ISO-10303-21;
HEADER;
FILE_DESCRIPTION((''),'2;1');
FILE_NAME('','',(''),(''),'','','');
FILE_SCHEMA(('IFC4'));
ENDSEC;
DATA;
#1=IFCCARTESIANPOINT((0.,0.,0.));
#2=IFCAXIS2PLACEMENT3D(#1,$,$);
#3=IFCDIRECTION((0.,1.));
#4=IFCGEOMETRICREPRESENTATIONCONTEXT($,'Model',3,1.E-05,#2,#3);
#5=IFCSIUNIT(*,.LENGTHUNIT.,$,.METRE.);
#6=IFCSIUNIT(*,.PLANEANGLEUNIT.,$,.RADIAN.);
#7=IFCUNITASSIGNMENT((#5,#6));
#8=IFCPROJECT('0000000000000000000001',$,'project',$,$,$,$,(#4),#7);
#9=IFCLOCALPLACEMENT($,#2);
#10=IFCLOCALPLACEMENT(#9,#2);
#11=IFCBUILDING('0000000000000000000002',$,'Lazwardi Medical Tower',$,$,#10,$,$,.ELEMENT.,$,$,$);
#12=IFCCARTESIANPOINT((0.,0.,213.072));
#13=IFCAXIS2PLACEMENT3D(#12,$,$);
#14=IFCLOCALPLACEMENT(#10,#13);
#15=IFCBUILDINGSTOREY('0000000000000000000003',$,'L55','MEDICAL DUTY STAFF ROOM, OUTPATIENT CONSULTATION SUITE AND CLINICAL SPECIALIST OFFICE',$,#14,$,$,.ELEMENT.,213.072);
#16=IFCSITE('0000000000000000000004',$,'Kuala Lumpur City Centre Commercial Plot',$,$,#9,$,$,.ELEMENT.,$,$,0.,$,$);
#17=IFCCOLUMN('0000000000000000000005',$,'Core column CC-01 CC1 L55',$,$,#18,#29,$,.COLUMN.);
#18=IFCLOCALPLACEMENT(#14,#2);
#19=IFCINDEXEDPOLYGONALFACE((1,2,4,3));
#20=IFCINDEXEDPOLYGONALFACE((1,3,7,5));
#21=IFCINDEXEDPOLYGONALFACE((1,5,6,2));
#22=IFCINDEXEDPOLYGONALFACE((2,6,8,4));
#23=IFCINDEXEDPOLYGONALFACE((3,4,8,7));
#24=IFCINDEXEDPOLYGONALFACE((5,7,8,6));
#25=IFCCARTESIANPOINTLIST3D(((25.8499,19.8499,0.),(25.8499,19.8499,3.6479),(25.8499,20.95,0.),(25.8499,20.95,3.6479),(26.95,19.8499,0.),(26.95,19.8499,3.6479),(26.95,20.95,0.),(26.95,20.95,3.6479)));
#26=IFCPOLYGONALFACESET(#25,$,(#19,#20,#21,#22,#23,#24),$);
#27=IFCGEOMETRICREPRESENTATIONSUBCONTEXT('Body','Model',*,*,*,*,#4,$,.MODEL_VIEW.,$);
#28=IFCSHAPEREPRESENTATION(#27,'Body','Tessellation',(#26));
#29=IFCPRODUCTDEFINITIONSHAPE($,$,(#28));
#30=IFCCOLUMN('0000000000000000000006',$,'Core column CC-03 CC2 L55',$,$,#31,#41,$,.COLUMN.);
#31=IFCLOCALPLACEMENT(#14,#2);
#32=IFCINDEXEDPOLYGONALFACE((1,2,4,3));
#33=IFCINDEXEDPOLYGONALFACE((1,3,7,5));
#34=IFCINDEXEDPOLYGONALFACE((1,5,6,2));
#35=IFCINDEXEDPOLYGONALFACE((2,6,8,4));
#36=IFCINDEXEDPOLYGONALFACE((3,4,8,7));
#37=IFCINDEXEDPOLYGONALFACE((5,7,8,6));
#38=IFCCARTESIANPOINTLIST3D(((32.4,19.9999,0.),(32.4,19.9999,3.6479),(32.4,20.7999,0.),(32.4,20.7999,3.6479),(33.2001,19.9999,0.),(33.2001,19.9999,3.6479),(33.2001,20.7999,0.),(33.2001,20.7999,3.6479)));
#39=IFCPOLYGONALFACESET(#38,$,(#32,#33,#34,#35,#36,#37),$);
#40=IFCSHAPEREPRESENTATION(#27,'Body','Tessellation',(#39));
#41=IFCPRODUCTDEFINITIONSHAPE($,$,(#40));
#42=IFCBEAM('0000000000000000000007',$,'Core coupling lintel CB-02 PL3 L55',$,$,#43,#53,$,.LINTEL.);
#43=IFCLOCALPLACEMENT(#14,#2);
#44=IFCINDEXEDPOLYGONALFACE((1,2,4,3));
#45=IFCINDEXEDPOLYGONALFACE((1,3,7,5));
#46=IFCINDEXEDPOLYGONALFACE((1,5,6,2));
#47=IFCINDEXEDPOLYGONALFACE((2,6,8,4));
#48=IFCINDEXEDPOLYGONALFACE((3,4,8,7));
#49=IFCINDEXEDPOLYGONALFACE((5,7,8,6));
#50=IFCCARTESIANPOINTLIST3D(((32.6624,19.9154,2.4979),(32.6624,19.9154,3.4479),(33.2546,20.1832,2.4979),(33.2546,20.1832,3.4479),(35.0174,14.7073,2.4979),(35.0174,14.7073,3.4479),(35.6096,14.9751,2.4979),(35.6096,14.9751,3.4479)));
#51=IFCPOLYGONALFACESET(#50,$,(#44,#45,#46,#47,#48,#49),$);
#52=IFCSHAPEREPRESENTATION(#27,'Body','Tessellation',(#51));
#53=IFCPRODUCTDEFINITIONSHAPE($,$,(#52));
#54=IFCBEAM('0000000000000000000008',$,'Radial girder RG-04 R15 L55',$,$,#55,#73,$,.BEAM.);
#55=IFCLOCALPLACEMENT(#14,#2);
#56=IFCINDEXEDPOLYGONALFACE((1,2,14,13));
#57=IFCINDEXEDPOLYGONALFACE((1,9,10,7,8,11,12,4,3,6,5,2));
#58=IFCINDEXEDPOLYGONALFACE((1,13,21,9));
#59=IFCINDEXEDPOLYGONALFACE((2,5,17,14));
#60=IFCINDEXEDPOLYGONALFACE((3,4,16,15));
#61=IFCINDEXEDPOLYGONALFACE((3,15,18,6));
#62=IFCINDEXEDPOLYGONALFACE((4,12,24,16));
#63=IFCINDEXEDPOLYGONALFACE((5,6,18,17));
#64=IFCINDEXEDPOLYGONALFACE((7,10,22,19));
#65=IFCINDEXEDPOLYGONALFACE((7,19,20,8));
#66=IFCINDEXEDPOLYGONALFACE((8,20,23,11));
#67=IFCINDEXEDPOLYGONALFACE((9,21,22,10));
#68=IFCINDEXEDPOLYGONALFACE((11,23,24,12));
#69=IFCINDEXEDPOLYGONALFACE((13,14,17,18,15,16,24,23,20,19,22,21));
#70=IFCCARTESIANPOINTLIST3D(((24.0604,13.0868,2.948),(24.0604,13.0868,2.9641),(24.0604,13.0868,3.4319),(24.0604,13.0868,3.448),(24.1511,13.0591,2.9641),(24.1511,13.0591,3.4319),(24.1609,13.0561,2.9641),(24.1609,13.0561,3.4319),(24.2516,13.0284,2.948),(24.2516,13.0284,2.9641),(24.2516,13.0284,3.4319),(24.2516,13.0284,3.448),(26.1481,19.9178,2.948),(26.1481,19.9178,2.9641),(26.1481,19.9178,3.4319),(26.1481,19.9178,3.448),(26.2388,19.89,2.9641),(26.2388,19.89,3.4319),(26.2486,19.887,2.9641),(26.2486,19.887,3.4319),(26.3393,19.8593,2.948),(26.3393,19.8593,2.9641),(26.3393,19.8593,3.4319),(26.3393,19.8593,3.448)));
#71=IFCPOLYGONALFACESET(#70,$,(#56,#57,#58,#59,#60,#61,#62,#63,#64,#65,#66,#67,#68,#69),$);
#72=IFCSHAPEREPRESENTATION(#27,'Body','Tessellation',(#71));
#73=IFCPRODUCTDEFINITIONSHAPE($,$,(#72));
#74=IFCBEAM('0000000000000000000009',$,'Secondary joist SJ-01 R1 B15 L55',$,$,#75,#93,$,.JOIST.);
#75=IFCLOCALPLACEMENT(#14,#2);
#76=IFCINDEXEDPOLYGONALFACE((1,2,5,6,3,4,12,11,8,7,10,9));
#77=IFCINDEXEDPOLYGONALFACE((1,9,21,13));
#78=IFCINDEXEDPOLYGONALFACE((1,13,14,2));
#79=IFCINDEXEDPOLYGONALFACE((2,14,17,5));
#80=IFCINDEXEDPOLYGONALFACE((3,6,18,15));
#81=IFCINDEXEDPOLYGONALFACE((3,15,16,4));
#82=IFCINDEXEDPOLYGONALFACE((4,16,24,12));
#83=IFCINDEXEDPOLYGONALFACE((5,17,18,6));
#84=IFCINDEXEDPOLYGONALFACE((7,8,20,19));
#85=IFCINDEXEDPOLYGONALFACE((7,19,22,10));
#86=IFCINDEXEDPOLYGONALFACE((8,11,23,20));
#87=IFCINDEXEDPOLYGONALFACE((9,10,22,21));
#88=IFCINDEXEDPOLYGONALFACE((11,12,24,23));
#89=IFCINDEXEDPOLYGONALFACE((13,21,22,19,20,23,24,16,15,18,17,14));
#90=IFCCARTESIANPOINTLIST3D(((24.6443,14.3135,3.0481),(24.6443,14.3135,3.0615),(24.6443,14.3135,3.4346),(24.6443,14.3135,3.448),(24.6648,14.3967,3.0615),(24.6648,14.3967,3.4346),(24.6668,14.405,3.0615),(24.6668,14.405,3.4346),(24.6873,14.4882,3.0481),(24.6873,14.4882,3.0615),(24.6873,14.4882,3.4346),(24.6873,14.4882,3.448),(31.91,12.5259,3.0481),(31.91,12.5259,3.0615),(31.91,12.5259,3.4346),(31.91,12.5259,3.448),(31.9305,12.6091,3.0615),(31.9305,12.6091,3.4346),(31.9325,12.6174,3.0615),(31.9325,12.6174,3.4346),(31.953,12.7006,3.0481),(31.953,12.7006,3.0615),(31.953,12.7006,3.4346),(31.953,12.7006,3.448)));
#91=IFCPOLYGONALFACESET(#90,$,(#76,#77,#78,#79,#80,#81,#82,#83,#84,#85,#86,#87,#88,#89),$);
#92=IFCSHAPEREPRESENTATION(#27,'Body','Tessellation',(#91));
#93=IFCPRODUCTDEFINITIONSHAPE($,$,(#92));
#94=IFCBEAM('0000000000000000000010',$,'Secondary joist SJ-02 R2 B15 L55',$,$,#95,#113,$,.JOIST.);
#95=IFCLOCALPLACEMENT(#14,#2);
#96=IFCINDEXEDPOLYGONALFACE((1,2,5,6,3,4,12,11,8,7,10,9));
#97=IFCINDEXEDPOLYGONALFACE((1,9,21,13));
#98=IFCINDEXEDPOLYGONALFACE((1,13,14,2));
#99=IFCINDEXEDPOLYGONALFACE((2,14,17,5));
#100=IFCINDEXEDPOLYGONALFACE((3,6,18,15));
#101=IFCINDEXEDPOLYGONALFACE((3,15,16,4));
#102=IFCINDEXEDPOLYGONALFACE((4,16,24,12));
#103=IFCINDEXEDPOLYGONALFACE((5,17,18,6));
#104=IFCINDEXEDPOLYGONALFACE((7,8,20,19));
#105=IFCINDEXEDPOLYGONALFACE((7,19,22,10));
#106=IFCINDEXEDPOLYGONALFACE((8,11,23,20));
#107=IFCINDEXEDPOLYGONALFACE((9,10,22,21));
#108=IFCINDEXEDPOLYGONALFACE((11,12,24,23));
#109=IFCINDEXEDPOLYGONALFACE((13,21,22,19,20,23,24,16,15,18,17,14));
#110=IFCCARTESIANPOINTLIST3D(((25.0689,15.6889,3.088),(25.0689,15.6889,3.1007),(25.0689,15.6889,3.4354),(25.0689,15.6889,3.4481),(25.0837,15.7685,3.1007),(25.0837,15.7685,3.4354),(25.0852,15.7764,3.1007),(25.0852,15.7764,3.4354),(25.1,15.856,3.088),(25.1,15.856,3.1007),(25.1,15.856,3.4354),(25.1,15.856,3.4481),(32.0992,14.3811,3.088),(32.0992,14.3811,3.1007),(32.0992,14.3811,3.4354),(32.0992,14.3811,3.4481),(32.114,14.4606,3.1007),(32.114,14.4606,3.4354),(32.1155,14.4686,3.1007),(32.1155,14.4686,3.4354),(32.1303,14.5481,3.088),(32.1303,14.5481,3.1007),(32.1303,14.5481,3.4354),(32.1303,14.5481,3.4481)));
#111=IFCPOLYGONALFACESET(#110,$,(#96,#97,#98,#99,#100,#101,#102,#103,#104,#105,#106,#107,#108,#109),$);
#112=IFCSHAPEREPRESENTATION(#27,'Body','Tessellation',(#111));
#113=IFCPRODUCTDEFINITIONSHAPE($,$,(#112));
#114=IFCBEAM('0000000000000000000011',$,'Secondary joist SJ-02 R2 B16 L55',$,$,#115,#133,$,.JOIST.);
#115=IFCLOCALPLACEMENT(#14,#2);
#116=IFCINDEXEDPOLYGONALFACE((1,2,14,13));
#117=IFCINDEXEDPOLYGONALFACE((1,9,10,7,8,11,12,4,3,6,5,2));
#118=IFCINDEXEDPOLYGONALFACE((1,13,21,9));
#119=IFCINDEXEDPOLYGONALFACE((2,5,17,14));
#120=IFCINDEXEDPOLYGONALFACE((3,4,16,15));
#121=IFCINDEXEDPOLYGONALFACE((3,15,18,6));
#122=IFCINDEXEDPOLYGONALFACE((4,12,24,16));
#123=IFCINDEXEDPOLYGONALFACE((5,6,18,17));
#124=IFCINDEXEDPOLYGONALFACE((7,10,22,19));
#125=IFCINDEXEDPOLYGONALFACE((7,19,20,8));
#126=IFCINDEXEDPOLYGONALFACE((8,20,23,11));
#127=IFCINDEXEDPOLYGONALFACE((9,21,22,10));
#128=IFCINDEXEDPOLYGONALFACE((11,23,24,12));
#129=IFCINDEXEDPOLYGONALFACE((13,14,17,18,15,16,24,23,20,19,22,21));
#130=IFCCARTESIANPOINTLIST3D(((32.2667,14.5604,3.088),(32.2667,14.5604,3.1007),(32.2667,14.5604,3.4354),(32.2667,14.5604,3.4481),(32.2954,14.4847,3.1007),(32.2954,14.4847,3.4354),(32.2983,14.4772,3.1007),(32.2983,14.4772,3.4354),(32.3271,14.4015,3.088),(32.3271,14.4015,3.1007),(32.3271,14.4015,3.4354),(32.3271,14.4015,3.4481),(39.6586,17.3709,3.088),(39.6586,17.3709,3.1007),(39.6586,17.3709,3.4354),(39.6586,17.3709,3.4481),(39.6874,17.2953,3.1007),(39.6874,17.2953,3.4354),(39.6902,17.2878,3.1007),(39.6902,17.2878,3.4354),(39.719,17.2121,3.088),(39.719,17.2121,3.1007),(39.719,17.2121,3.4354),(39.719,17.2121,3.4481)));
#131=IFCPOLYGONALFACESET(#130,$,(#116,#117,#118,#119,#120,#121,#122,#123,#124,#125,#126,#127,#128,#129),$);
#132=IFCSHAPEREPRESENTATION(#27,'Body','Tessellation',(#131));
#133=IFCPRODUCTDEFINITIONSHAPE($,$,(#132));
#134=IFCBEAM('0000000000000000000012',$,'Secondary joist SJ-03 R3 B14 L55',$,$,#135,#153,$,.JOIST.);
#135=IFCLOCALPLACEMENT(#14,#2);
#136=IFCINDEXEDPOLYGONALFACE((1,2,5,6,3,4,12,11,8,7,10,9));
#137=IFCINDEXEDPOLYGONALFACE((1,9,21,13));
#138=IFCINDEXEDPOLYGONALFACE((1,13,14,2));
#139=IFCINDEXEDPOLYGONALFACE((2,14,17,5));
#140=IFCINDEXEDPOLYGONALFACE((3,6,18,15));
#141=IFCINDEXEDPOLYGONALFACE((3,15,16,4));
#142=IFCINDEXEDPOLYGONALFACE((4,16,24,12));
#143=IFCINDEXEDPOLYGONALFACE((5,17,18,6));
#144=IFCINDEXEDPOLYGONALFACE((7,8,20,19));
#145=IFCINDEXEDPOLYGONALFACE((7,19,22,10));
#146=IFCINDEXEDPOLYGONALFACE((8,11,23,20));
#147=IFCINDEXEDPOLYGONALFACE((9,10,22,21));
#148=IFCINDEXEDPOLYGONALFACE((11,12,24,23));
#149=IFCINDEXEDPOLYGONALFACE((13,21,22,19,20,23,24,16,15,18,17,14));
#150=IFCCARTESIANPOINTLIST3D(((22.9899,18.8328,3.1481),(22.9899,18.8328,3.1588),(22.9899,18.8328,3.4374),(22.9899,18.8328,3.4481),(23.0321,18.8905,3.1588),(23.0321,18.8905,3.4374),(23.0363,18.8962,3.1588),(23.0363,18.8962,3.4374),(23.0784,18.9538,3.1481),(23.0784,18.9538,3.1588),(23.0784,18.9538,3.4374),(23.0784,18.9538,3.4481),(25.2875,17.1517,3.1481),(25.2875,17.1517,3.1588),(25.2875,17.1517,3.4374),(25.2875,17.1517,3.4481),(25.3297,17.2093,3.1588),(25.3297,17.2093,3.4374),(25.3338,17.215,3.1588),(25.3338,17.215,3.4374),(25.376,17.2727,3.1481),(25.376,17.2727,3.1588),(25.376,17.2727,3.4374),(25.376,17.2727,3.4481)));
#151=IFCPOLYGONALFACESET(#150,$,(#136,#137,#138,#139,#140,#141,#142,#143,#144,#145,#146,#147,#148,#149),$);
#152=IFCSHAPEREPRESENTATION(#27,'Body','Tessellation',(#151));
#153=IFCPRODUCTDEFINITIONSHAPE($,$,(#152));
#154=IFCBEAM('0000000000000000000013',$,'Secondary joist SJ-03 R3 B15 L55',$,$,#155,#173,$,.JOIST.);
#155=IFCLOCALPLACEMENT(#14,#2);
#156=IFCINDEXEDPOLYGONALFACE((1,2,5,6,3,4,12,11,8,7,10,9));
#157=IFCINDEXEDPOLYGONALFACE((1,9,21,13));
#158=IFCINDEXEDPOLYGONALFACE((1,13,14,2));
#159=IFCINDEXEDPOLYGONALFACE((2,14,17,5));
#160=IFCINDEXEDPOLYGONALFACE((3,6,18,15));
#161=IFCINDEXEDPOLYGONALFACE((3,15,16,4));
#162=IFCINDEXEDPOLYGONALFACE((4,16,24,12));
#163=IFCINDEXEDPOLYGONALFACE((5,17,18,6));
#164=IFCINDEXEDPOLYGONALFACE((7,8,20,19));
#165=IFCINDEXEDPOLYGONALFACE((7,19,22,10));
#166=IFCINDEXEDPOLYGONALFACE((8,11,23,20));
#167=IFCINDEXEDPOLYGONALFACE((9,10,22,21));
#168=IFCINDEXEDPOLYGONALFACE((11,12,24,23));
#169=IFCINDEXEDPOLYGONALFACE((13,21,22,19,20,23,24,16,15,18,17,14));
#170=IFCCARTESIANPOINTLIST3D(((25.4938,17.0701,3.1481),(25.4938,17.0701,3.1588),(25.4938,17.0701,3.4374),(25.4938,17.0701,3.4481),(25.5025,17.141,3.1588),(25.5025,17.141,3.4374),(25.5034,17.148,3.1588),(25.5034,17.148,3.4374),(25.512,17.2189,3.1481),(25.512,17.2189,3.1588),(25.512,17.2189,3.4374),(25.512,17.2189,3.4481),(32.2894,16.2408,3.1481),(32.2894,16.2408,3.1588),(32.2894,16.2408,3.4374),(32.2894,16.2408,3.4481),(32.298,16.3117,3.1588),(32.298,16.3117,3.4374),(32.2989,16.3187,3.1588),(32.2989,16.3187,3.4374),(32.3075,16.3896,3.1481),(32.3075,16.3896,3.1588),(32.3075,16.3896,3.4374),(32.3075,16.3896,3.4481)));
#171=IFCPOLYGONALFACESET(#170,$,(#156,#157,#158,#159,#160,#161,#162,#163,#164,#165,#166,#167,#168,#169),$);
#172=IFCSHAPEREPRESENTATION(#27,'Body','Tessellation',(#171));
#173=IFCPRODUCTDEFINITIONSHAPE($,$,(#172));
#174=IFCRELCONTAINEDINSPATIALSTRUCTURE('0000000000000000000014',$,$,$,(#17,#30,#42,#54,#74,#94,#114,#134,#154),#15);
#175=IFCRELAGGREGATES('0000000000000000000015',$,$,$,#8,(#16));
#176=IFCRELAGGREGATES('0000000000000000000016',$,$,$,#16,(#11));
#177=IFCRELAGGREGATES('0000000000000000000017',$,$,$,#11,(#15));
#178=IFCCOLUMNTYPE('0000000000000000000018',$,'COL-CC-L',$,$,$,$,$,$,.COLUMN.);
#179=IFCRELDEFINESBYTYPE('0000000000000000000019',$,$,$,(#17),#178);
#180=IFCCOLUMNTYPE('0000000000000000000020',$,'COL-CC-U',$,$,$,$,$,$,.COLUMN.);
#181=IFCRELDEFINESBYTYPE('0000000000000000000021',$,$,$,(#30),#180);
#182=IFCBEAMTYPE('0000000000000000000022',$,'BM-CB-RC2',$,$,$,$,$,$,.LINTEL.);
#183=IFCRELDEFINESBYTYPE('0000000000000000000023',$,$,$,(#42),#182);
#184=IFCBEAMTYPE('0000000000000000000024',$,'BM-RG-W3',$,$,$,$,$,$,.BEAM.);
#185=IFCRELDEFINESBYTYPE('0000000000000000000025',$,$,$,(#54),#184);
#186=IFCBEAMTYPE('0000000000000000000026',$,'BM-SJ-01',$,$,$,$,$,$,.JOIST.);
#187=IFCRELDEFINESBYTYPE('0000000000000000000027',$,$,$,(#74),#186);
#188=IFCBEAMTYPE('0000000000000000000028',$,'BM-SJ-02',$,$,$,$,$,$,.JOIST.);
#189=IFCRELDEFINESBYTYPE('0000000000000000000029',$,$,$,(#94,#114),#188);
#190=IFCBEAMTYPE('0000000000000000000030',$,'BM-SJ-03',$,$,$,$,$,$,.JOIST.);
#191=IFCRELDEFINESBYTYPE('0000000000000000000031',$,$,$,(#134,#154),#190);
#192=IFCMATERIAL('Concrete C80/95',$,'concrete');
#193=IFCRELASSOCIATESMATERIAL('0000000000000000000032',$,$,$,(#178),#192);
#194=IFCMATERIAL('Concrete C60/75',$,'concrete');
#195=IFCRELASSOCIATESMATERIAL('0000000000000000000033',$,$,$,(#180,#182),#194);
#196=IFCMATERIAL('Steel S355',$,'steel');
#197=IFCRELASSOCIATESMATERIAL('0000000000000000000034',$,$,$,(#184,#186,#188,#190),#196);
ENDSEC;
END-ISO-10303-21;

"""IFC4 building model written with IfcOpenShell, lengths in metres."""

from ifc_helpers import new_model, si_unit, direction, frame, origin, origin_2d, place, context, subcontext, project, spatial, rectangle, i_section, extrude, material, material_profile, profile_set, type_object, element, save


model = new_model("IFC4")

# Units and contexts
model_context = context("Model", 3, precision=1e-05, world=origin(), true_north=direction((0.0, 1.0)))
body_context = subcontext(model_context, "Body", "Model", "MODEL_VIEW")
ifc_project = project(units=[si_unit("LENGTHUNIT", "METRE"), si_unit("PLANEANGLEUNIT", "RADIAN")], contexts=[model_context])

# Site, building, storey
site_placement = place(None, origin())
site = spatial("IfcSite", under=ifc_project, at=site_placement, Name="Kuala Lumpur City Centre Commercial Plot", CompositionType="ELEMENT", RefElevation=0.0)
building_placement = place(site_placement, origin())
building = spatial("IfcBuilding", under=site, at=building_placement, Name="Lazwardi Medical Tower", CompositionType="ELEMENT")
storey_placement = place(building_placement, frame((0.0, 0.0, 213.072)))
storey = spatial("IfcBuildingStorey", under=building, at=storey_placement, Name="L55", Description="MEDICAL DUTY STAFF ROOM, OUTPATIENT CONSULTATION SUITE AND CLINICAL SPECIALIST OFFICE", CompositionType="ELEMENT", Elevation=213.072)

# Columns
ifc_material_1 = material(Name="Concrete C80/95", Category="concrete")
ifc_material_profile_1 = material_profile(ifc_material_1, rectangle(XDim=1.1001, YDim=1.1001, at=origin_2d()), Name="RC 1100x1100")
ifc_profile_set_1 = profile_set([ifc_material_profile_1], Name="Concrete C80/95")
column_type_1 = type_object("IfcColumnType", Name="COL-CC-L", PredefinedType="COLUMN", material=ifc_profile_set_1)
column_1_placement = place(storey_placement, frame((26.3999, 20.3999, 0.0), z_axis=(0.0, 0.0, 1.0), x_axis=(1.0, 0.0, 0.0)))
element("IfcColumn", 1, at=column_1_placement, inside=storey, type_object=column_type_1, Name="Core column CC-01 CC1 L55", PredefinedType="COLUMN", context=body_context, shape_type="SweptSolid", body=[
    extrude(rectangle(XDim=1.1001, YDim=1.1001, at=origin_2d()), origin(), (0.0, 0.0, 1.0), 3.6479),
])
ifc_material_2 = material(Name="Concrete C60/75", Category="concrete")
ifc_material_profile_2 = material_profile(ifc_material_2, rectangle(XDim=0.8, YDim=0.8, at=origin_2d()), Name="RC 800x800")
ifc_profile_set_2 = profile_set([ifc_material_profile_2], Name="Concrete C60/75")
column_type_2 = type_object("IfcColumnType", Name="COL-CC-U", PredefinedType="COLUMN", material=ifc_profile_set_2)
column_2_placement = place(storey_placement, frame((32.8, 20.3999, 0.0), z_axis=(0.0, 0.0, 1.0), x_axis=(1.0, 0.0, 0.0)))
element("IfcColumn", 2, at=column_2_placement, inside=storey, type_object=column_type_2, Name="Core column CC-03 CC2 L55", PredefinedType="COLUMN", context=body_context, shape_type="SweptSolid", body=[
    extrude(rectangle(XDim=0.8, YDim=0.8, at=origin_2d()), origin(), (0.0, 0.0, 1.0), 3.6479),
])

# Beams
ifc_material_profile_3 = material_profile(ifc_material_2, rectangle(XDim=0.6499, YDim=0.95, at=origin_2d()), Name="RC 650x950")
ifc_profile_set_3 = profile_set([ifc_material_profile_3], Name="Concrete C60/75")
beam_type_1 = type_object("IfcBeamType", Name="BM-CB-RC2", PredefinedType="LINTEL", material=ifc_profile_set_3)
beam_1_placement = place(storey_placement, frame((32.9585, 20.0493, 2.9729), z_axis=(0.412019, -0.911175, 0.0), x_axis=(0.911175, 0.412019, 0.0)))
element("IfcBeam", 3, at=beam_1_placement, inside=storey, type_object=beam_type_1, Name="Core coupling lintel CB-02 PL3 L55", PredefinedType="LINTEL", context=body_context, shape_type="SweptSolid", body=[
    extrude(rectangle(XDim=0.6499, YDim=0.95, at=origin_2d()), origin(), (0.0, 0.0, 1.0), 5.7158),
])
ifc_material_3 = material(Name="Steel S355", Category="steel")
ifc_material_profile_4 = material_profile(ifc_material_3, i_section(OverallWidth=0.2, OverallDepth=0.5, WebThickness=0.0103, FlangeThickness=0.0161, at=origin_2d()), Name="IPE 500")
ifc_profile_set_4 = profile_set([ifc_material_profile_4], Name="Steel S355")
beam_type_2 = type_object("IfcBeamType", Name="BM-RG-W3", PredefinedType="BEAM", material=ifc_profile_set_4)
beam_2_placement = place(storey_placement, frame((24.156, 13.0576, 3.198), z_axis=(0.292277, 0.956334, 0.0), x_axis=(-0.956334, 0.292277, 0.0)))
element("IfcBeam", 4, at=beam_2_placement, inside=storey, type_object=beam_type_2, Name="Radial girder RG-04 R15 L55", PredefinedType="BEAM", context=body_context, shape_type="SweptSolid", body=[
    extrude(i_section(OverallWidth=0.2, OverallDepth=0.5, WebThickness=0.0103, FlangeThickness=0.0161, at=origin_2d()), origin(), (0.0, 0.0, 1.0), 7.1428),
])
ifc_material_profile_5 = material_profile(ifc_material_3, i_section(OverallWidth=0.1799, OverallDepth=0.3999, WebThickness=0.0085, FlangeThickness=0.0134, at=origin_2d()), Name="IPE 400")
ifc_profile_set_5 = profile_set([ifc_material_profile_5], Name="Steel S355")
beam_type_3 = type_object("IfcBeamType", Name="BM-SJ-01", PredefinedType="JOIST", material=ifc_profile_set_5)
beam_3_placement = place(storey_placement, frame((24.6658, 14.4009, 3.248), z_axis=(0.971042, -0.23891, 0.0), x_axis=(0.23891, 0.971042, 0.0)))
element("IfcBeam", 5, at=beam_3_placement, inside=storey, type_object=beam_type_3, Name="Secondary joist SJ-01 R1 B15 L55", PredefinedType="JOIST", context=body_context, shape_type="SweptSolid", body=[
    extrude(i_section(OverallWidth=0.1799, OverallDepth=0.3999, WebThickness=0.0085, FlangeThickness=0.0134, at=origin_2d()), origin(), (0.0, 0.0, 1.0), 7.4824),
])
ifc_material_profile_6 = material_profile(ifc_material_3, i_section(OverallWidth=0.1699, OverallDepth=0.3601, WebThickness=0.0081, FlangeThickness=0.0127, at=origin_2d()), Name="IPE 360")
ifc_profile_set_6 = profile_set([ifc_material_profile_6], Name="Steel S355")
beam_type_4 = type_object("IfcBeamType", Name="BM-SJ-02", PredefinedType="JOIST", material=ifc_profile_set_6)
beam_4_placement = place(storey_placement, frame((25.0845, 15.7725, 3.2681), z_axis=(0.983132, -0.182895, 0.0), x_axis=(0.182895, 0.983132, 0.0)))
element("IfcBeam", 6, at=beam_4_placement, inside=storey, type_object=beam_type_4, Name="Secondary joist SJ-02 R2 B15 L55", PredefinedType="JOIST", context=body_context, shape_type="SweptSolid", body=[
    extrude(i_section(OverallWidth=0.1699, OverallDepth=0.3601, WebThickness=0.0081, FlangeThickness=0.0127, at=origin_2d()), origin(), (0.0, 0.0, 1.0), 7.1509),
])
beam_5_placement = place(storey_placement, frame((32.2969, 14.481, 3.2681), z_axis=(0.934714, 0.3554, 0.0), x_axis=(-0.3554, 0.934714, 0.0)))
element("IfcBeam", 7, at=beam_5_placement, inside=storey, type_object=beam_type_4, Name="Secondary joist SJ-02 R2 B16 L55", PredefinedType="JOIST", context=body_context, shape_type="SweptSolid", body=[
    extrude(i_section(OverallWidth=0.1699, OverallDepth=0.3601, WebThickness=0.0081, FlangeThickness=0.0127, at=origin_2d()), origin(), (0.0, 0.0, 1.0), 7.9082),
])
ifc_material_profile_7 = material_profile(ifc_material_3, i_section(OverallWidth=0.1499, OverallDepth=0.3, WebThickness=0.0071, FlangeThickness=0.0107, at=origin_2d()), Name="IPE 300")
ifc_profile_set_7 = profile_set([ifc_material_profile_7], Name="Steel S355")
beam_type_5 = type_object("IfcBeamType", Name="BM-SJ-03", PredefinedType="JOIST", material=ifc_profile_set_7)
beam_6_placement = place(storey_placement, frame((23.0342, 18.8933, 3.2981), z_axis=(0.807034, -0.590505, 0.0), x_axis=(0.590505, 0.807034, 0.0)))
element("IfcBeam", 8, at=beam_6_placement, inside=storey, type_object=beam_type_5, Name="Secondary joist SJ-03 R3 B14 L55", PredefinedType="JOIST", context=body_context, shape_type="SweptSolid", body=[
    extrude(i_section(OverallWidth=0.1499, OverallDepth=0.3, WebThickness=0.0071, FlangeThickness=0.0107, at=origin_2d()), origin(), (0.0, 0.0, 1.0), 2.8469),
])
beam_7_placement = place(storey_placement, frame((25.5029, 17.1445, 3.2981), z_axis=(0.992635, -0.121146, 0.0), x_axis=(0.121146, 0.992635, 0.0)))
element("IfcBeam", 9, at=beam_7_placement, inside=storey, type_object=beam_type_5, Name="Secondary joist SJ-03 R3 B15 L55", PredefinedType="JOIST", context=body_context, shape_type="SweptSolid", body=[
    extrude(i_section(OverallWidth=0.1499, OverallDepth=0.3, WebThickness=0.0071, FlangeThickness=0.0107, at=origin_2d()), origin(), (0.0, 0.0, 1.0), 6.8459),
])

save(model, "model.ifc")
